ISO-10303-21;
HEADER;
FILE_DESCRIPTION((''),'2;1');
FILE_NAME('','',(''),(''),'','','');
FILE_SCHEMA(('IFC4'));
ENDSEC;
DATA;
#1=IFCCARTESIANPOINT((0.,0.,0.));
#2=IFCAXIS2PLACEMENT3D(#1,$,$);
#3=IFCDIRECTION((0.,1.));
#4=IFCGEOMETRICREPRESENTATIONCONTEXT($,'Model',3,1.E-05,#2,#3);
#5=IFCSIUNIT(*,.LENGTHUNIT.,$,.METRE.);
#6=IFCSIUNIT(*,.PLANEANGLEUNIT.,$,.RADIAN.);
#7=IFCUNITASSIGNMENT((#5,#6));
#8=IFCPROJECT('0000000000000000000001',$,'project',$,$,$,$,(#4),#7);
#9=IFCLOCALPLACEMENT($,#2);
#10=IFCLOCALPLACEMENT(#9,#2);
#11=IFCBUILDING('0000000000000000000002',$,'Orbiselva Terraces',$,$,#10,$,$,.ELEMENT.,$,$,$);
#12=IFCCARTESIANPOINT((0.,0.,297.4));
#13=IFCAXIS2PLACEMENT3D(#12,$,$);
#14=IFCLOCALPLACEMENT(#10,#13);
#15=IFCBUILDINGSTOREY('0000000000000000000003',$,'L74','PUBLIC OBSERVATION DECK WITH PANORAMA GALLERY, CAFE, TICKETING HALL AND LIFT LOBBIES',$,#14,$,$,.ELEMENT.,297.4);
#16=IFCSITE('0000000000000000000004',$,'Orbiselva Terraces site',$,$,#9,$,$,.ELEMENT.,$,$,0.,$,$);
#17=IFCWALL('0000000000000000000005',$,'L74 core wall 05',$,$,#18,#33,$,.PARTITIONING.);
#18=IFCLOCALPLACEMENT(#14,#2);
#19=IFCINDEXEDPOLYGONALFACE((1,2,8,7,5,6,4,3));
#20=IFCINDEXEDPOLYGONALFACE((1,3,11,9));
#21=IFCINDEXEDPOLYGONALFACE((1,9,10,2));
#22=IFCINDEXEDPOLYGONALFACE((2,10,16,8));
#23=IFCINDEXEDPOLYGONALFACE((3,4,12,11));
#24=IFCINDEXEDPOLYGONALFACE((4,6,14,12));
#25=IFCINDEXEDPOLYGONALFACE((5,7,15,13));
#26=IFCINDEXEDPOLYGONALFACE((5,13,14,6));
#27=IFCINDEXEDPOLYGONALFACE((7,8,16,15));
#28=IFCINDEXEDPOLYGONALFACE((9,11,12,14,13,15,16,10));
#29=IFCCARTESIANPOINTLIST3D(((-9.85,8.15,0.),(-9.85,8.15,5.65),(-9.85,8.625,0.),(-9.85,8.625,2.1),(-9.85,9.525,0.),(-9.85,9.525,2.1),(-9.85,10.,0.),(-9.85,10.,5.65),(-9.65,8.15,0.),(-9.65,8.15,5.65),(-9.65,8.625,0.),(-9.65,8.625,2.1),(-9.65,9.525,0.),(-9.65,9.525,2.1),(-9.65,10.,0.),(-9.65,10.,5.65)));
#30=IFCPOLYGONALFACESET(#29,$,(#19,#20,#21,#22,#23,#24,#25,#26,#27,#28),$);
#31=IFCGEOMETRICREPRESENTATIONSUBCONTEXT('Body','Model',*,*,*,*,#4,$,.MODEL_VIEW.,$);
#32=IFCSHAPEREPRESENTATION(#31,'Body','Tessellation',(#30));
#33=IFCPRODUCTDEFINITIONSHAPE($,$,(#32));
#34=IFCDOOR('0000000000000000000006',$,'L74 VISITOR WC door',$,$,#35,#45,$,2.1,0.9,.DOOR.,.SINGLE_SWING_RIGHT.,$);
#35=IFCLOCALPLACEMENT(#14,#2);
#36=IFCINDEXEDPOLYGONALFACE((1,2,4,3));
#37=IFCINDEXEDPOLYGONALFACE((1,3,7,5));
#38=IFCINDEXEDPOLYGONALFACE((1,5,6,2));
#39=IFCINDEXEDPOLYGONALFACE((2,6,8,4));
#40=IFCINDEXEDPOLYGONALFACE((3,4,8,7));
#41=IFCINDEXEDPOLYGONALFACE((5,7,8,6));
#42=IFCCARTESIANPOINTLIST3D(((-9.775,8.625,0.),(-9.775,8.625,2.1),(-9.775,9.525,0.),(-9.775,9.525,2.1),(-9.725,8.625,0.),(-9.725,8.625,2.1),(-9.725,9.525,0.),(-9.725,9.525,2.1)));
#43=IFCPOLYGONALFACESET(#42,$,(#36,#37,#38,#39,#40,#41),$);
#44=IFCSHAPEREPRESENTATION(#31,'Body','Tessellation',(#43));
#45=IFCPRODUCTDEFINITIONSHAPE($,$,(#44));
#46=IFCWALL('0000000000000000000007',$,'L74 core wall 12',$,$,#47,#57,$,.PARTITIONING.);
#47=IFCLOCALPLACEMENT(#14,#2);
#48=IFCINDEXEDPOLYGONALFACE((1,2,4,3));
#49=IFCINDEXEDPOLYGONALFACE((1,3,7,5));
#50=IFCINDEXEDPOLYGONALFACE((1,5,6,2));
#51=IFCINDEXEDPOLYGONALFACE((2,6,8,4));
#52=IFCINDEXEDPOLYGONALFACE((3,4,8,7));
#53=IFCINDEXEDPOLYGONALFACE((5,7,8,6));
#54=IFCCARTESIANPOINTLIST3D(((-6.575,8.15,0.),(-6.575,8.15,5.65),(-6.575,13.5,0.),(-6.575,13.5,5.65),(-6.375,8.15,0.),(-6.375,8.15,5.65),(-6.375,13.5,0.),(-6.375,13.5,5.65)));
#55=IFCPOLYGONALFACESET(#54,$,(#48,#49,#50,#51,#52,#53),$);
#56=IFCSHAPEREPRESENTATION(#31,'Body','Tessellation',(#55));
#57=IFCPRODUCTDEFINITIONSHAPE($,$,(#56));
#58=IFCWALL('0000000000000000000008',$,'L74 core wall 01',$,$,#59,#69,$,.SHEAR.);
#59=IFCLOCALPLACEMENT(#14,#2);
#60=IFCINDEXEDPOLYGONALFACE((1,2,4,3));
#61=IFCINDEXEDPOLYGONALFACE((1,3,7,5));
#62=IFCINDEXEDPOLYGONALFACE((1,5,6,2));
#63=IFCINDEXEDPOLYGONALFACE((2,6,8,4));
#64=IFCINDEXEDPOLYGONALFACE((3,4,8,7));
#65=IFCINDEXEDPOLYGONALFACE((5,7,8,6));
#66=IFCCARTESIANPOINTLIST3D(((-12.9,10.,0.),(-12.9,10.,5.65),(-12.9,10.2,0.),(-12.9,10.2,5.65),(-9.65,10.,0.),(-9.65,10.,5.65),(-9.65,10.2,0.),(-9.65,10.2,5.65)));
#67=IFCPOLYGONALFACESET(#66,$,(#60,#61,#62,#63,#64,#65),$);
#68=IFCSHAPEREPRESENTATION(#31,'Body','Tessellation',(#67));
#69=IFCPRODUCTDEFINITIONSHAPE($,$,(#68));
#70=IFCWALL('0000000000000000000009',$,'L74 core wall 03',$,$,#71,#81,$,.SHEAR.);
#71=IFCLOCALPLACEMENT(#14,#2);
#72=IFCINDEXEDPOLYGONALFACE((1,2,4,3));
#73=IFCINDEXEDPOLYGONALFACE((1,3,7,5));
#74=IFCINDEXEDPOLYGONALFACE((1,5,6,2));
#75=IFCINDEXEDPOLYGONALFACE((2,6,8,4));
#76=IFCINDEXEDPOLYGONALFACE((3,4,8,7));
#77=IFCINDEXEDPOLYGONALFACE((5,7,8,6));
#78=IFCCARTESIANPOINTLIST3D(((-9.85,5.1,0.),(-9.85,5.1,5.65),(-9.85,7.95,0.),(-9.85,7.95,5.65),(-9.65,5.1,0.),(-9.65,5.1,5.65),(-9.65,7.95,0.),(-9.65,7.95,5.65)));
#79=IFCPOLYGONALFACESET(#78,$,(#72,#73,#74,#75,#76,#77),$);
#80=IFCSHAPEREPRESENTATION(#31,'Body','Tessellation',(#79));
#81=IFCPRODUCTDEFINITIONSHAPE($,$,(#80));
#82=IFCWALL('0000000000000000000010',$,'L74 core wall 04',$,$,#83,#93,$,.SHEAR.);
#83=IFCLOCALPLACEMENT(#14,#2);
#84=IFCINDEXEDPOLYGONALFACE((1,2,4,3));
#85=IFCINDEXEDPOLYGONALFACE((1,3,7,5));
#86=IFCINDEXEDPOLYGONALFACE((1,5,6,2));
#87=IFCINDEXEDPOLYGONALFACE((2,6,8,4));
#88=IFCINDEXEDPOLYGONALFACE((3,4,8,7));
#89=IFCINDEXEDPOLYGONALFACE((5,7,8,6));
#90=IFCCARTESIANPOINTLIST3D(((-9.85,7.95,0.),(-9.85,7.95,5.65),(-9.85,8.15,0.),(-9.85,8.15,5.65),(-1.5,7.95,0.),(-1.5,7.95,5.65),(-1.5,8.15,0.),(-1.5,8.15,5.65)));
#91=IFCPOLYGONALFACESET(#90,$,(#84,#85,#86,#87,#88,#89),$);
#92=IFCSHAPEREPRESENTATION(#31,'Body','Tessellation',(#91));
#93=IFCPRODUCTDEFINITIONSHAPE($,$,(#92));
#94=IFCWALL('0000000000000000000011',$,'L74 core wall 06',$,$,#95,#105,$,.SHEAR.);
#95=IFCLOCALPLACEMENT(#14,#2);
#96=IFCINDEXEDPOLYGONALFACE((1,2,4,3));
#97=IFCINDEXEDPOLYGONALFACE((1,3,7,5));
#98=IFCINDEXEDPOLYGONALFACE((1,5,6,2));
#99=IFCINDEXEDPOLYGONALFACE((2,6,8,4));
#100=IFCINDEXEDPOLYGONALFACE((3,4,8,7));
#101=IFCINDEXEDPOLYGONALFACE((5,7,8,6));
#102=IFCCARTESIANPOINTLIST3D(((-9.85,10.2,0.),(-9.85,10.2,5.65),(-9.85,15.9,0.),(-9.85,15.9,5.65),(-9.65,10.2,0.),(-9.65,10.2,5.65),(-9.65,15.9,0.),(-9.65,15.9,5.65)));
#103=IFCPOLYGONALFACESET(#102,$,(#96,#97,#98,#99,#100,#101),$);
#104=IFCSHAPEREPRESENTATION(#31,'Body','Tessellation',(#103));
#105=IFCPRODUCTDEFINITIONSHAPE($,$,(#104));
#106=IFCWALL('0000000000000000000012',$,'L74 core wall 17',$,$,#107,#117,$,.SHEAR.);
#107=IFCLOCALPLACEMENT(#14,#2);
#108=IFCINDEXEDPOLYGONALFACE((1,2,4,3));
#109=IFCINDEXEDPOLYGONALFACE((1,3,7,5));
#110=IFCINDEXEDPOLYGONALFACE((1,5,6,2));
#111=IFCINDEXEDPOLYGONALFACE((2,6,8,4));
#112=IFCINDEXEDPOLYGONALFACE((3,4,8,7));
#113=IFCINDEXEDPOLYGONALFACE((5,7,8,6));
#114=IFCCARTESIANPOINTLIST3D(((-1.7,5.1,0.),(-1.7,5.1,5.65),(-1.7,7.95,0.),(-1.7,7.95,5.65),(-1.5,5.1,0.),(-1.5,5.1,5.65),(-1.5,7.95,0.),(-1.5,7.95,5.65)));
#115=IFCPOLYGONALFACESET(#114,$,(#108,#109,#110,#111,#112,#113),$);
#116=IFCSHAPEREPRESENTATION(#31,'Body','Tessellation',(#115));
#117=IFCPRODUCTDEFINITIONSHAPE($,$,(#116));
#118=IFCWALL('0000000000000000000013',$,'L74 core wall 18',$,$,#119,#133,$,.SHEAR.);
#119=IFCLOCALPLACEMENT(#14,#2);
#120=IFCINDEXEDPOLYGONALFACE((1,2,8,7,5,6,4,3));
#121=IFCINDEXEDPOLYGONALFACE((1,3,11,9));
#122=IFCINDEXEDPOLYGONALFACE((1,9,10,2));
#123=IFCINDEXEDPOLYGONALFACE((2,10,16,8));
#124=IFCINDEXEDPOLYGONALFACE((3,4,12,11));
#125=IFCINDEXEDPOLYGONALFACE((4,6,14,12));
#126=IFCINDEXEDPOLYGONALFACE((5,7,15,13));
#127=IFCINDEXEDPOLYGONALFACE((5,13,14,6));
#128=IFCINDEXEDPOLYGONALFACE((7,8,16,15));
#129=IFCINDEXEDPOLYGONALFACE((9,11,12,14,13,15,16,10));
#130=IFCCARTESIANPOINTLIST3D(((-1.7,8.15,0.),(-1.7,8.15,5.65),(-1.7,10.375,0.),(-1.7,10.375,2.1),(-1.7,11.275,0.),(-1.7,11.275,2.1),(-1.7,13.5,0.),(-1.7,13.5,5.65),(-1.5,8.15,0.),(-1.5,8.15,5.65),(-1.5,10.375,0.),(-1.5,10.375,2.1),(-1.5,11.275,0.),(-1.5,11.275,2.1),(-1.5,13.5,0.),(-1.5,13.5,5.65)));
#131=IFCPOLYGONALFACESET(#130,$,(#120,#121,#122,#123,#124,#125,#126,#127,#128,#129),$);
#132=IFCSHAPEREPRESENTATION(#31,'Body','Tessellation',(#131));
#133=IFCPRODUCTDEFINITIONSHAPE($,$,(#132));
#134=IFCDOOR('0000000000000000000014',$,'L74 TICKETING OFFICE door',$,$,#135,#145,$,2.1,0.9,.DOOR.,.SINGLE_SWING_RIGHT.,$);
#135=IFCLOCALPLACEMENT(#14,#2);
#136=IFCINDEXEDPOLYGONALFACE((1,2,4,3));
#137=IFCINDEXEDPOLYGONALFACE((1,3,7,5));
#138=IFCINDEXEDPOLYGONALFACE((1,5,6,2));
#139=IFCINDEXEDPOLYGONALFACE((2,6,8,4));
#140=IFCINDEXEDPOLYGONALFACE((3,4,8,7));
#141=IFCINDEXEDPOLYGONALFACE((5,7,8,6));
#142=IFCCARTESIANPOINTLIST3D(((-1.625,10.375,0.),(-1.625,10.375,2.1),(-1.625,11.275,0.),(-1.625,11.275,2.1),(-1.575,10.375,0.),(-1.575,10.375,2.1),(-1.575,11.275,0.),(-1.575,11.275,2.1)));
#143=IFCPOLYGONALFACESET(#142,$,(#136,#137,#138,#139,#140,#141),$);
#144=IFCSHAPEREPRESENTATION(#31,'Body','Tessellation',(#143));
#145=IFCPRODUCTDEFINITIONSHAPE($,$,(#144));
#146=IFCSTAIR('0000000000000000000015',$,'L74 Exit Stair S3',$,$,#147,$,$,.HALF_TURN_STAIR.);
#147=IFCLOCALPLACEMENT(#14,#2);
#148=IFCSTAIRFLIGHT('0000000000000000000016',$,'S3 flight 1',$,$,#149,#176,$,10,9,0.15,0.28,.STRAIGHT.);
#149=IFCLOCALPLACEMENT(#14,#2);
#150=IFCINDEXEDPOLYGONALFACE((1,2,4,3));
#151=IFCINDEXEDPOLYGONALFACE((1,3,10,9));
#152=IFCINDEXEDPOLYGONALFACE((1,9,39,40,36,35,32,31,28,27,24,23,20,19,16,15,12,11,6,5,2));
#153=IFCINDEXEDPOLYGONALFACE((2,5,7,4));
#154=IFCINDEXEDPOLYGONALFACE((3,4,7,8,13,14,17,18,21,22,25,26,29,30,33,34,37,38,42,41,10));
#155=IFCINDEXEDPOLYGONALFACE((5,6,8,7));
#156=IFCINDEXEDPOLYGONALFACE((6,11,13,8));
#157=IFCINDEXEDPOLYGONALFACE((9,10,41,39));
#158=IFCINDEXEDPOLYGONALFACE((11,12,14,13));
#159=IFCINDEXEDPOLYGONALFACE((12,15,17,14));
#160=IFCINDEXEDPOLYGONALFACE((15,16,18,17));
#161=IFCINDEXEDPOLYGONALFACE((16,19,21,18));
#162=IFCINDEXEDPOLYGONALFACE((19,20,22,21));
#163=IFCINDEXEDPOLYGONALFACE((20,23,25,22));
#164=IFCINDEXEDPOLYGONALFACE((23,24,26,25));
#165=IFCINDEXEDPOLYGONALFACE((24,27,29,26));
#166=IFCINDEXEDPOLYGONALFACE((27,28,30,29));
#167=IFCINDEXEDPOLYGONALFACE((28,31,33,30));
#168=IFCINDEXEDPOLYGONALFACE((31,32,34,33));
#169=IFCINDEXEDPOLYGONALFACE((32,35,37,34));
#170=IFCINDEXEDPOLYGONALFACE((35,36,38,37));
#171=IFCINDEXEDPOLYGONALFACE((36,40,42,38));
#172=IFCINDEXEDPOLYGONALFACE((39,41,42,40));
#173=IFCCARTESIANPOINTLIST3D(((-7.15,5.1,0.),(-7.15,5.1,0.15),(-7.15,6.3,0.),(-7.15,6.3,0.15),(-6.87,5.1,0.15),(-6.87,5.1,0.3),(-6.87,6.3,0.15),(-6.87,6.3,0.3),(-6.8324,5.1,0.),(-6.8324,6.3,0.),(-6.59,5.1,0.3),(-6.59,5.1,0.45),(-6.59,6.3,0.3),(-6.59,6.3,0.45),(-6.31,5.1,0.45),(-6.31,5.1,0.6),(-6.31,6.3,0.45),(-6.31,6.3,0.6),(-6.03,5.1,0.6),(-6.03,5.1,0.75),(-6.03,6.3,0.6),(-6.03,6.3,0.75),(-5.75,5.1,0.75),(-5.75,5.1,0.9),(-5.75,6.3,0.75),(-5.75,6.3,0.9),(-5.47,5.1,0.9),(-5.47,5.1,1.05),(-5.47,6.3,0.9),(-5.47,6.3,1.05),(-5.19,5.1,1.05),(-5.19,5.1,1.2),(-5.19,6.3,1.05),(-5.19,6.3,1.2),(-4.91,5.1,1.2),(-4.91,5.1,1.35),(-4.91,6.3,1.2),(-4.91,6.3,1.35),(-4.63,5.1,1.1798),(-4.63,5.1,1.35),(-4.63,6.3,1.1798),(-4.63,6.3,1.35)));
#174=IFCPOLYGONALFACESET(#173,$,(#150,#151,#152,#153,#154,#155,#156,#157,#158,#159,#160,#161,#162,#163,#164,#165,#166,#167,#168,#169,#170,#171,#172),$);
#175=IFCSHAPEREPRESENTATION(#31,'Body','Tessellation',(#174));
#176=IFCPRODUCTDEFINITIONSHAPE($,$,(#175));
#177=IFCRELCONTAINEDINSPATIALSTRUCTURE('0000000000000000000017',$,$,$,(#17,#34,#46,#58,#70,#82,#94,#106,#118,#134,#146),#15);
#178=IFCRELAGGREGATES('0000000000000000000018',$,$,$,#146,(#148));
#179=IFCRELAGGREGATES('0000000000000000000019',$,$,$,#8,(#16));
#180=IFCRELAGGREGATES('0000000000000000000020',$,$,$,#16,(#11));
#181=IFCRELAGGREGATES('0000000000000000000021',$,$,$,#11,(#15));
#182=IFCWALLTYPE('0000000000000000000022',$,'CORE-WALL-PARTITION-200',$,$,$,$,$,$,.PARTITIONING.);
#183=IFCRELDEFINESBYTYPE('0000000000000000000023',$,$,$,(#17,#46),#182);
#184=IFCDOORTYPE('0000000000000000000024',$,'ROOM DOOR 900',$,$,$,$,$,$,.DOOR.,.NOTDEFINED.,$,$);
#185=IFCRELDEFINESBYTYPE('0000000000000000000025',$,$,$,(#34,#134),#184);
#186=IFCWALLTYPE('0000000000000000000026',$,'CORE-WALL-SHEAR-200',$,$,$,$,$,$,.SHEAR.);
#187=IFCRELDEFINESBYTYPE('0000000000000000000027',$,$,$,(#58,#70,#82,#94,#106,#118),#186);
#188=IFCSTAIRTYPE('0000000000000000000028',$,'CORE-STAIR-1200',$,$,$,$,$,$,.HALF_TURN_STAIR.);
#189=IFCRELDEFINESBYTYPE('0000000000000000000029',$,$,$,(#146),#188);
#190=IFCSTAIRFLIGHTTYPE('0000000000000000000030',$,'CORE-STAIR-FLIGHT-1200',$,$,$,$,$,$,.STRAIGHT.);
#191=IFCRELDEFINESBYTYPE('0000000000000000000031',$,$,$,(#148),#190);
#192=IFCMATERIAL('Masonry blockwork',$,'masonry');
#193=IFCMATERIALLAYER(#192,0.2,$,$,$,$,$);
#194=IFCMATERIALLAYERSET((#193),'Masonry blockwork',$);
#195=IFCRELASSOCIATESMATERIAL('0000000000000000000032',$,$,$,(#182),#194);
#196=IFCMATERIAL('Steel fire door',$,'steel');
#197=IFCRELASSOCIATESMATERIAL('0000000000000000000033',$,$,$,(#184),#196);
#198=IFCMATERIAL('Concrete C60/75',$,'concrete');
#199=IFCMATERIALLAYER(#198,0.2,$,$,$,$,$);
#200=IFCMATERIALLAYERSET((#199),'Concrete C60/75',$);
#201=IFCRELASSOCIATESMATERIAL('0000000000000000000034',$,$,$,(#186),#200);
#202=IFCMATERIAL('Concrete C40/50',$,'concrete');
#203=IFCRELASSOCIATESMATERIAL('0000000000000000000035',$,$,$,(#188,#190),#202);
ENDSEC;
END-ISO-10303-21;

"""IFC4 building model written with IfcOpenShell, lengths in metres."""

from ifc_helpers import new_model, si_unit, direction, frame, frame_2d, origin, place, context, subcontext, project, spatial, polyline, rectangle, outline, extrude, material, layer, layer_set, type_object, element, fill, aggregate, save


model = new_model("IFC4")

# Units and contexts
model_context = context("Model", 3, precision=1e-05, world=origin(), true_north=direction((0.0, 1.0)))
body_context = subcontext(model_context, "Body", "Model", "MODEL_VIEW")
ifc_project = project(units=[si_unit("LENGTHUNIT", "METRE"), si_unit("PLANEANGLEUNIT", "RADIAN")], contexts=[model_context])

# Site, building, storey
site_placement = place(None, origin())
site = spatial("IfcSite", under=ifc_project, at=site_placement, Name="Orbiselva Terraces site", CompositionType="ELEMENT", RefElevation=0.0)
building_placement = place(site_placement, origin())
building = spatial("IfcBuilding", under=site, at=building_placement, Name="Orbiselva Terraces", CompositionType="ELEMENT")
storey_placement = place(building_placement, frame((0.0, 0.0, 297.4)))
storey = spatial("IfcBuildingStorey", under=building, at=storey_placement, Name="L74", Description="PUBLIC OBSERVATION DECK WITH PANORAMA GALLERY, CAFE, TICKETING HALL AND LIFT LOBBIES", CompositionType="ELEMENT", Elevation=297.4)

# Wall, opening, door
ifc_material_1 = material(Name="Masonry blockwork", Category="masonry")
ifc_layer_1 = layer(ifc_material_1, 0.2)
ifc_layer_set_1 = layer_set([ifc_layer_1], Name="Masonry blockwork")
wall_type_1 = type_object("IfcWallType", Name="CORE-WALL-PARTITION-200", PredefinedType="PARTITIONING", material=ifc_layer_set_1)
wall_1_placement = place(storey_placement, frame((-9.75, 8.15, 0.0), z_axis=(0.0, 0.0, 1.0), x_axis=(0.0, 1.0, 0.0)))
wall_1 = element("IfcWall", 1, at=wall_1_placement, inside=storey, type_object=wall_type_1, Name="L74 core wall 05", PredefinedType="PARTITIONING", context=body_context, shape_type="SweptSolid", body=[
    extrude(rectangle(XDim=1.85, YDim=0.2, at=frame_2d((0.925, 0.0))), origin(), (0.0, 0.0, 1.0), 5.65),
])
opening_1_placement = place(wall_1_placement, frame((0.475, 0.0, 0.0)))
opening_1 = element("IfcOpeningElement", 2, at=opening_1_placement, cuts=wall_1, PredefinedType="OPENING", context=body_context, shape_type="SweptSolid", body=[
    extrude(rectangle(XDim=0.9, YDim=2.1, at=frame_2d((0.45, 1.05))), frame((0.0, 0.11, 0.0), z_axis=(0.0, -1.0, 0.0), x_axis=(1.0, 0.0, 0.0)), (0.0, 0.0, 1.0), 0.22),
])
ifc_material_2 = material(Name="Steel fire door", Category="steel")
door_type = type_object("IfcDoorType", Name="ROOM DOOR 900", OperationType="NOTDEFINED", PredefinedType="DOOR", material=ifc_material_2)
door_1_placement = place(opening_1_placement, origin())
door_1 = element("IfcDoor", 3, at=door_1_placement, inside=storey, type_object=door_type, Name="L74 VISITOR WC door", OperationType="SINGLE_SWING_RIGHT", OverallHeight=2.1, OverallWidth=0.9, PredefinedType="DOOR", context=body_context, shape_type="SweptSolid", body=[
    extrude(rectangle(XDim=0.9, YDim=2.1, at=frame_2d((0.45, 1.05))), frame((0.0, 0.025, 0.0), z_axis=(0.0, -1.0, 0.0), x_axis=(1.0, 0.0, 0.0)), (0.0, 0.0, 1.0), 0.05),
])
fill(opening_1, door_1)

# Walls
wall_2_placement = place(storey_placement, frame((-6.475, 8.15, 0.0), z_axis=(0.0, 0.0, 1.0), x_axis=(0.0, 1.0, 0.0)))
element("IfcWall", 4, at=wall_2_placement, inside=storey, type_object=wall_type_1, Name="L74 core wall 12", PredefinedType="PARTITIONING", context=body_context, shape_type="SweptSolid", body=[
    extrude(rectangle(XDim=5.35, YDim=0.2, at=frame_2d((2.675, 0.0))), origin(), (0.0, 0.0, 1.0), 5.65),
])
ifc_material_3 = material(Name="Concrete C60/75", Category="concrete")
ifc_layer_2 = layer(ifc_material_3, 0.2)
ifc_layer_set_2 = layer_set([ifc_layer_2], Name="Concrete C60/75")
wall_type_2 = type_object("IfcWallType", Name="CORE-WALL-SHEAR-200", PredefinedType="SHEAR", material=ifc_layer_set_2)
wall_3_placement = place(storey_placement, frame((-12.9, 10.1, 0.0), z_axis=(0.0, 0.0, 1.0), x_axis=(1.0, 0.0, 0.0)))
element("IfcWall", 5, at=wall_3_placement, inside=storey, type_object=wall_type_2, Name="L74 core wall 01", PredefinedType="SHEAR", context=body_context, shape_type="SweptSolid", body=[
    extrude(rectangle(XDim=3.25, YDim=0.2, at=frame_2d((1.625, 0.0))), origin(), (0.0, 0.0, 1.0), 5.65),
])
wall_4_placement = place(storey_placement, frame((-9.75, 5.1, 0.0), z_axis=(0.0, 0.0, 1.0), x_axis=(0.0, 1.0, 0.0)))
element("IfcWall", 6, at=wall_4_placement, inside=storey, type_object=wall_type_2, Name="L74 core wall 03", PredefinedType="SHEAR", context=body_context, shape_type="SweptSolid", body=[
    extrude(rectangle(XDim=2.85, YDim=0.2, at=frame_2d((1.425, 0.0))), origin(), (0.0, 0.0, 1.0), 5.65),
])
wall_5_placement = place(storey_placement, frame((-9.85, 8.05, 0.0), z_axis=(0.0, 0.0, 1.0), x_axis=(1.0, 0.0, 0.0)))
element("IfcWall", 7, at=wall_5_placement, inside=storey, type_object=wall_type_2, Name="L74 core wall 04", PredefinedType="SHEAR", context=body_context, shape_type="SweptSolid", body=[
    extrude(rectangle(XDim=8.35, YDim=0.2, at=frame_2d((4.175, 0.0))), origin(), (0.0, 0.0, 1.0), 5.65),
])
wall_6_placement = place(storey_placement, frame((-9.75, 10.2, 0.0), z_axis=(0.0, 0.0, 1.0), x_axis=(0.0, 1.0, 0.0)))
element("IfcWall", 8, at=wall_6_placement, inside=storey, type_object=wall_type_2, Name="L74 core wall 06", PredefinedType="SHEAR", context=body_context, shape_type="SweptSolid", body=[
    extrude(rectangle(XDim=5.7, YDim=0.2, at=frame_2d((2.85, 0.0))), origin(), (0.0, 0.0, 1.0), 5.65),
])
wall_7_placement = place(storey_placement, frame((-1.6, 5.1, 0.0), z_axis=(0.0, 0.0, 1.0), x_axis=(0.0, 1.0, 0.0)))
element("IfcWall", 9, at=wall_7_placement, inside=storey, type_object=wall_type_2, Name="L74 core wall 17", PredefinedType="SHEAR", context=body_context, shape_type="SweptSolid", body=[
    extrude(rectangle(XDim=2.85, YDim=0.2, at=frame_2d((1.425, 0.0))), origin(), (0.0, 0.0, 1.0), 5.65),
])

# Wall, opening, door
wall_8_placement = place(storey_placement, frame((-1.6, 8.15, 0.0), z_axis=(0.0, 0.0, 1.0), x_axis=(0.0, 1.0, 0.0)))
wall_8 = element("IfcWall", 10, at=wall_8_placement, inside=storey, type_object=wall_type_2, Name="L74 core wall 18", PredefinedType="SHEAR", context=body_context, shape_type="SweptSolid", body=[
    extrude(rectangle(XDim=5.35, YDim=0.2, at=frame_2d((2.675, 0.0))), origin(), (0.0, 0.0, 1.0), 5.65),
])
opening_2_placement = place(wall_8_placement, frame((2.225, 0.0, 0.0)))
opening_2 = element("IfcOpeningElement", 11, at=opening_2_placement, cuts=wall_8, PredefinedType="OPENING", context=body_context, shape_type="SweptSolid", body=[
    extrude(rectangle(XDim=0.9, YDim=2.1, at=frame_2d((0.45, 1.05))), frame((0.0, 0.11, 0.0), z_axis=(0.0, -1.0, 0.0), x_axis=(1.0, 0.0, 0.0)), (0.0, 0.0, 1.0), 0.22),
])
door_2_placement = place(opening_2_placement, origin())
door_2 = element("IfcDoor", 12, at=door_2_placement, inside=storey, type_object=door_type, Name="L74 TICKETING OFFICE door", OperationType="SINGLE_SWING_RIGHT", OverallHeight=2.1, OverallWidth=0.9, PredefinedType="DOOR", context=body_context, shape_type="SweptSolid", body=[
    extrude(rectangle(XDim=0.9, YDim=2.1, at=frame_2d((0.45, 1.05))), frame((0.0, 0.025, 0.0), z_axis=(0.0, -1.0, 0.0), x_axis=(1.0, 0.0, 0.0)), (0.0, 0.0, 1.0), 0.05),
])
fill(opening_2, door_2)

# Stair, stair flight
ifc_material_4 = material(Name="Concrete C40/50", Category="concrete")
stair_type = type_object("IfcStairType", Name="CORE-STAIR-1200", PredefinedType="HALF_TURN_STAIR", material=ifc_material_4)
stair_placement = place(storey_placement, origin())
stair = element("IfcStair", 13, at=stair_placement, inside=storey, type_object=stair_type, Name="L74 Exit Stair S3", PredefinedType="HALF_TURN_STAIR")
stair_flight_type = type_object("IfcStairFlightType", Name="CORE-STAIR-FLIGHT-1200", PredefinedType="STRAIGHT", material=ifc_material_4)
stair_flight_1_placement = place(storey_placement, frame((-7.15, 5.7, 0.0), z_axis=(0.0, 0.0, 1.0), x_axis=(1.0, 0.0, 0.0)))
stair_flight_1 = element("IfcStairFlight", 14, at=stair_flight_1_placement, type_object=stair_flight_type, Name="S3 flight 1", NumberOfRisers=10, NumberOfTreads=9, PredefinedType="STRAIGHT", RiserHeight=0.15, TreadLength=0.28, context=body_context, shape_type="SweptSolid", body=[
    extrude(outline(polyline([(0.0, 0.0), (0.0, 0.15), (0.28, 0.15), (0.28, 0.3), (0.56, 0.3), (0.56, 0.45), (0.84, 0.45), (0.84, 0.6), (1.12, 0.6), (1.12, 0.75), (1.4, 0.75), (1.4, 0.9), (1.68, 0.9), (1.68, 1.05), (1.96, 1.05), (1.96, 1.2), (2.24, 1.2), (2.24, 1.35), (2.52, 1.35), (2.52, 1.5), (2.52, 1.1798), (0.3176, 0.0), (0.0, 0.0)])), frame((0.0, 0.6, 0.0), z_axis=(0.0, -1.0, 0.0), x_axis=(1.0, 0.0, 0.0)), (0.0, 0.0, 1.0), 1.2),
])
aggregate(stair, [stair_flight_1])

save(model, "model.ifc")
